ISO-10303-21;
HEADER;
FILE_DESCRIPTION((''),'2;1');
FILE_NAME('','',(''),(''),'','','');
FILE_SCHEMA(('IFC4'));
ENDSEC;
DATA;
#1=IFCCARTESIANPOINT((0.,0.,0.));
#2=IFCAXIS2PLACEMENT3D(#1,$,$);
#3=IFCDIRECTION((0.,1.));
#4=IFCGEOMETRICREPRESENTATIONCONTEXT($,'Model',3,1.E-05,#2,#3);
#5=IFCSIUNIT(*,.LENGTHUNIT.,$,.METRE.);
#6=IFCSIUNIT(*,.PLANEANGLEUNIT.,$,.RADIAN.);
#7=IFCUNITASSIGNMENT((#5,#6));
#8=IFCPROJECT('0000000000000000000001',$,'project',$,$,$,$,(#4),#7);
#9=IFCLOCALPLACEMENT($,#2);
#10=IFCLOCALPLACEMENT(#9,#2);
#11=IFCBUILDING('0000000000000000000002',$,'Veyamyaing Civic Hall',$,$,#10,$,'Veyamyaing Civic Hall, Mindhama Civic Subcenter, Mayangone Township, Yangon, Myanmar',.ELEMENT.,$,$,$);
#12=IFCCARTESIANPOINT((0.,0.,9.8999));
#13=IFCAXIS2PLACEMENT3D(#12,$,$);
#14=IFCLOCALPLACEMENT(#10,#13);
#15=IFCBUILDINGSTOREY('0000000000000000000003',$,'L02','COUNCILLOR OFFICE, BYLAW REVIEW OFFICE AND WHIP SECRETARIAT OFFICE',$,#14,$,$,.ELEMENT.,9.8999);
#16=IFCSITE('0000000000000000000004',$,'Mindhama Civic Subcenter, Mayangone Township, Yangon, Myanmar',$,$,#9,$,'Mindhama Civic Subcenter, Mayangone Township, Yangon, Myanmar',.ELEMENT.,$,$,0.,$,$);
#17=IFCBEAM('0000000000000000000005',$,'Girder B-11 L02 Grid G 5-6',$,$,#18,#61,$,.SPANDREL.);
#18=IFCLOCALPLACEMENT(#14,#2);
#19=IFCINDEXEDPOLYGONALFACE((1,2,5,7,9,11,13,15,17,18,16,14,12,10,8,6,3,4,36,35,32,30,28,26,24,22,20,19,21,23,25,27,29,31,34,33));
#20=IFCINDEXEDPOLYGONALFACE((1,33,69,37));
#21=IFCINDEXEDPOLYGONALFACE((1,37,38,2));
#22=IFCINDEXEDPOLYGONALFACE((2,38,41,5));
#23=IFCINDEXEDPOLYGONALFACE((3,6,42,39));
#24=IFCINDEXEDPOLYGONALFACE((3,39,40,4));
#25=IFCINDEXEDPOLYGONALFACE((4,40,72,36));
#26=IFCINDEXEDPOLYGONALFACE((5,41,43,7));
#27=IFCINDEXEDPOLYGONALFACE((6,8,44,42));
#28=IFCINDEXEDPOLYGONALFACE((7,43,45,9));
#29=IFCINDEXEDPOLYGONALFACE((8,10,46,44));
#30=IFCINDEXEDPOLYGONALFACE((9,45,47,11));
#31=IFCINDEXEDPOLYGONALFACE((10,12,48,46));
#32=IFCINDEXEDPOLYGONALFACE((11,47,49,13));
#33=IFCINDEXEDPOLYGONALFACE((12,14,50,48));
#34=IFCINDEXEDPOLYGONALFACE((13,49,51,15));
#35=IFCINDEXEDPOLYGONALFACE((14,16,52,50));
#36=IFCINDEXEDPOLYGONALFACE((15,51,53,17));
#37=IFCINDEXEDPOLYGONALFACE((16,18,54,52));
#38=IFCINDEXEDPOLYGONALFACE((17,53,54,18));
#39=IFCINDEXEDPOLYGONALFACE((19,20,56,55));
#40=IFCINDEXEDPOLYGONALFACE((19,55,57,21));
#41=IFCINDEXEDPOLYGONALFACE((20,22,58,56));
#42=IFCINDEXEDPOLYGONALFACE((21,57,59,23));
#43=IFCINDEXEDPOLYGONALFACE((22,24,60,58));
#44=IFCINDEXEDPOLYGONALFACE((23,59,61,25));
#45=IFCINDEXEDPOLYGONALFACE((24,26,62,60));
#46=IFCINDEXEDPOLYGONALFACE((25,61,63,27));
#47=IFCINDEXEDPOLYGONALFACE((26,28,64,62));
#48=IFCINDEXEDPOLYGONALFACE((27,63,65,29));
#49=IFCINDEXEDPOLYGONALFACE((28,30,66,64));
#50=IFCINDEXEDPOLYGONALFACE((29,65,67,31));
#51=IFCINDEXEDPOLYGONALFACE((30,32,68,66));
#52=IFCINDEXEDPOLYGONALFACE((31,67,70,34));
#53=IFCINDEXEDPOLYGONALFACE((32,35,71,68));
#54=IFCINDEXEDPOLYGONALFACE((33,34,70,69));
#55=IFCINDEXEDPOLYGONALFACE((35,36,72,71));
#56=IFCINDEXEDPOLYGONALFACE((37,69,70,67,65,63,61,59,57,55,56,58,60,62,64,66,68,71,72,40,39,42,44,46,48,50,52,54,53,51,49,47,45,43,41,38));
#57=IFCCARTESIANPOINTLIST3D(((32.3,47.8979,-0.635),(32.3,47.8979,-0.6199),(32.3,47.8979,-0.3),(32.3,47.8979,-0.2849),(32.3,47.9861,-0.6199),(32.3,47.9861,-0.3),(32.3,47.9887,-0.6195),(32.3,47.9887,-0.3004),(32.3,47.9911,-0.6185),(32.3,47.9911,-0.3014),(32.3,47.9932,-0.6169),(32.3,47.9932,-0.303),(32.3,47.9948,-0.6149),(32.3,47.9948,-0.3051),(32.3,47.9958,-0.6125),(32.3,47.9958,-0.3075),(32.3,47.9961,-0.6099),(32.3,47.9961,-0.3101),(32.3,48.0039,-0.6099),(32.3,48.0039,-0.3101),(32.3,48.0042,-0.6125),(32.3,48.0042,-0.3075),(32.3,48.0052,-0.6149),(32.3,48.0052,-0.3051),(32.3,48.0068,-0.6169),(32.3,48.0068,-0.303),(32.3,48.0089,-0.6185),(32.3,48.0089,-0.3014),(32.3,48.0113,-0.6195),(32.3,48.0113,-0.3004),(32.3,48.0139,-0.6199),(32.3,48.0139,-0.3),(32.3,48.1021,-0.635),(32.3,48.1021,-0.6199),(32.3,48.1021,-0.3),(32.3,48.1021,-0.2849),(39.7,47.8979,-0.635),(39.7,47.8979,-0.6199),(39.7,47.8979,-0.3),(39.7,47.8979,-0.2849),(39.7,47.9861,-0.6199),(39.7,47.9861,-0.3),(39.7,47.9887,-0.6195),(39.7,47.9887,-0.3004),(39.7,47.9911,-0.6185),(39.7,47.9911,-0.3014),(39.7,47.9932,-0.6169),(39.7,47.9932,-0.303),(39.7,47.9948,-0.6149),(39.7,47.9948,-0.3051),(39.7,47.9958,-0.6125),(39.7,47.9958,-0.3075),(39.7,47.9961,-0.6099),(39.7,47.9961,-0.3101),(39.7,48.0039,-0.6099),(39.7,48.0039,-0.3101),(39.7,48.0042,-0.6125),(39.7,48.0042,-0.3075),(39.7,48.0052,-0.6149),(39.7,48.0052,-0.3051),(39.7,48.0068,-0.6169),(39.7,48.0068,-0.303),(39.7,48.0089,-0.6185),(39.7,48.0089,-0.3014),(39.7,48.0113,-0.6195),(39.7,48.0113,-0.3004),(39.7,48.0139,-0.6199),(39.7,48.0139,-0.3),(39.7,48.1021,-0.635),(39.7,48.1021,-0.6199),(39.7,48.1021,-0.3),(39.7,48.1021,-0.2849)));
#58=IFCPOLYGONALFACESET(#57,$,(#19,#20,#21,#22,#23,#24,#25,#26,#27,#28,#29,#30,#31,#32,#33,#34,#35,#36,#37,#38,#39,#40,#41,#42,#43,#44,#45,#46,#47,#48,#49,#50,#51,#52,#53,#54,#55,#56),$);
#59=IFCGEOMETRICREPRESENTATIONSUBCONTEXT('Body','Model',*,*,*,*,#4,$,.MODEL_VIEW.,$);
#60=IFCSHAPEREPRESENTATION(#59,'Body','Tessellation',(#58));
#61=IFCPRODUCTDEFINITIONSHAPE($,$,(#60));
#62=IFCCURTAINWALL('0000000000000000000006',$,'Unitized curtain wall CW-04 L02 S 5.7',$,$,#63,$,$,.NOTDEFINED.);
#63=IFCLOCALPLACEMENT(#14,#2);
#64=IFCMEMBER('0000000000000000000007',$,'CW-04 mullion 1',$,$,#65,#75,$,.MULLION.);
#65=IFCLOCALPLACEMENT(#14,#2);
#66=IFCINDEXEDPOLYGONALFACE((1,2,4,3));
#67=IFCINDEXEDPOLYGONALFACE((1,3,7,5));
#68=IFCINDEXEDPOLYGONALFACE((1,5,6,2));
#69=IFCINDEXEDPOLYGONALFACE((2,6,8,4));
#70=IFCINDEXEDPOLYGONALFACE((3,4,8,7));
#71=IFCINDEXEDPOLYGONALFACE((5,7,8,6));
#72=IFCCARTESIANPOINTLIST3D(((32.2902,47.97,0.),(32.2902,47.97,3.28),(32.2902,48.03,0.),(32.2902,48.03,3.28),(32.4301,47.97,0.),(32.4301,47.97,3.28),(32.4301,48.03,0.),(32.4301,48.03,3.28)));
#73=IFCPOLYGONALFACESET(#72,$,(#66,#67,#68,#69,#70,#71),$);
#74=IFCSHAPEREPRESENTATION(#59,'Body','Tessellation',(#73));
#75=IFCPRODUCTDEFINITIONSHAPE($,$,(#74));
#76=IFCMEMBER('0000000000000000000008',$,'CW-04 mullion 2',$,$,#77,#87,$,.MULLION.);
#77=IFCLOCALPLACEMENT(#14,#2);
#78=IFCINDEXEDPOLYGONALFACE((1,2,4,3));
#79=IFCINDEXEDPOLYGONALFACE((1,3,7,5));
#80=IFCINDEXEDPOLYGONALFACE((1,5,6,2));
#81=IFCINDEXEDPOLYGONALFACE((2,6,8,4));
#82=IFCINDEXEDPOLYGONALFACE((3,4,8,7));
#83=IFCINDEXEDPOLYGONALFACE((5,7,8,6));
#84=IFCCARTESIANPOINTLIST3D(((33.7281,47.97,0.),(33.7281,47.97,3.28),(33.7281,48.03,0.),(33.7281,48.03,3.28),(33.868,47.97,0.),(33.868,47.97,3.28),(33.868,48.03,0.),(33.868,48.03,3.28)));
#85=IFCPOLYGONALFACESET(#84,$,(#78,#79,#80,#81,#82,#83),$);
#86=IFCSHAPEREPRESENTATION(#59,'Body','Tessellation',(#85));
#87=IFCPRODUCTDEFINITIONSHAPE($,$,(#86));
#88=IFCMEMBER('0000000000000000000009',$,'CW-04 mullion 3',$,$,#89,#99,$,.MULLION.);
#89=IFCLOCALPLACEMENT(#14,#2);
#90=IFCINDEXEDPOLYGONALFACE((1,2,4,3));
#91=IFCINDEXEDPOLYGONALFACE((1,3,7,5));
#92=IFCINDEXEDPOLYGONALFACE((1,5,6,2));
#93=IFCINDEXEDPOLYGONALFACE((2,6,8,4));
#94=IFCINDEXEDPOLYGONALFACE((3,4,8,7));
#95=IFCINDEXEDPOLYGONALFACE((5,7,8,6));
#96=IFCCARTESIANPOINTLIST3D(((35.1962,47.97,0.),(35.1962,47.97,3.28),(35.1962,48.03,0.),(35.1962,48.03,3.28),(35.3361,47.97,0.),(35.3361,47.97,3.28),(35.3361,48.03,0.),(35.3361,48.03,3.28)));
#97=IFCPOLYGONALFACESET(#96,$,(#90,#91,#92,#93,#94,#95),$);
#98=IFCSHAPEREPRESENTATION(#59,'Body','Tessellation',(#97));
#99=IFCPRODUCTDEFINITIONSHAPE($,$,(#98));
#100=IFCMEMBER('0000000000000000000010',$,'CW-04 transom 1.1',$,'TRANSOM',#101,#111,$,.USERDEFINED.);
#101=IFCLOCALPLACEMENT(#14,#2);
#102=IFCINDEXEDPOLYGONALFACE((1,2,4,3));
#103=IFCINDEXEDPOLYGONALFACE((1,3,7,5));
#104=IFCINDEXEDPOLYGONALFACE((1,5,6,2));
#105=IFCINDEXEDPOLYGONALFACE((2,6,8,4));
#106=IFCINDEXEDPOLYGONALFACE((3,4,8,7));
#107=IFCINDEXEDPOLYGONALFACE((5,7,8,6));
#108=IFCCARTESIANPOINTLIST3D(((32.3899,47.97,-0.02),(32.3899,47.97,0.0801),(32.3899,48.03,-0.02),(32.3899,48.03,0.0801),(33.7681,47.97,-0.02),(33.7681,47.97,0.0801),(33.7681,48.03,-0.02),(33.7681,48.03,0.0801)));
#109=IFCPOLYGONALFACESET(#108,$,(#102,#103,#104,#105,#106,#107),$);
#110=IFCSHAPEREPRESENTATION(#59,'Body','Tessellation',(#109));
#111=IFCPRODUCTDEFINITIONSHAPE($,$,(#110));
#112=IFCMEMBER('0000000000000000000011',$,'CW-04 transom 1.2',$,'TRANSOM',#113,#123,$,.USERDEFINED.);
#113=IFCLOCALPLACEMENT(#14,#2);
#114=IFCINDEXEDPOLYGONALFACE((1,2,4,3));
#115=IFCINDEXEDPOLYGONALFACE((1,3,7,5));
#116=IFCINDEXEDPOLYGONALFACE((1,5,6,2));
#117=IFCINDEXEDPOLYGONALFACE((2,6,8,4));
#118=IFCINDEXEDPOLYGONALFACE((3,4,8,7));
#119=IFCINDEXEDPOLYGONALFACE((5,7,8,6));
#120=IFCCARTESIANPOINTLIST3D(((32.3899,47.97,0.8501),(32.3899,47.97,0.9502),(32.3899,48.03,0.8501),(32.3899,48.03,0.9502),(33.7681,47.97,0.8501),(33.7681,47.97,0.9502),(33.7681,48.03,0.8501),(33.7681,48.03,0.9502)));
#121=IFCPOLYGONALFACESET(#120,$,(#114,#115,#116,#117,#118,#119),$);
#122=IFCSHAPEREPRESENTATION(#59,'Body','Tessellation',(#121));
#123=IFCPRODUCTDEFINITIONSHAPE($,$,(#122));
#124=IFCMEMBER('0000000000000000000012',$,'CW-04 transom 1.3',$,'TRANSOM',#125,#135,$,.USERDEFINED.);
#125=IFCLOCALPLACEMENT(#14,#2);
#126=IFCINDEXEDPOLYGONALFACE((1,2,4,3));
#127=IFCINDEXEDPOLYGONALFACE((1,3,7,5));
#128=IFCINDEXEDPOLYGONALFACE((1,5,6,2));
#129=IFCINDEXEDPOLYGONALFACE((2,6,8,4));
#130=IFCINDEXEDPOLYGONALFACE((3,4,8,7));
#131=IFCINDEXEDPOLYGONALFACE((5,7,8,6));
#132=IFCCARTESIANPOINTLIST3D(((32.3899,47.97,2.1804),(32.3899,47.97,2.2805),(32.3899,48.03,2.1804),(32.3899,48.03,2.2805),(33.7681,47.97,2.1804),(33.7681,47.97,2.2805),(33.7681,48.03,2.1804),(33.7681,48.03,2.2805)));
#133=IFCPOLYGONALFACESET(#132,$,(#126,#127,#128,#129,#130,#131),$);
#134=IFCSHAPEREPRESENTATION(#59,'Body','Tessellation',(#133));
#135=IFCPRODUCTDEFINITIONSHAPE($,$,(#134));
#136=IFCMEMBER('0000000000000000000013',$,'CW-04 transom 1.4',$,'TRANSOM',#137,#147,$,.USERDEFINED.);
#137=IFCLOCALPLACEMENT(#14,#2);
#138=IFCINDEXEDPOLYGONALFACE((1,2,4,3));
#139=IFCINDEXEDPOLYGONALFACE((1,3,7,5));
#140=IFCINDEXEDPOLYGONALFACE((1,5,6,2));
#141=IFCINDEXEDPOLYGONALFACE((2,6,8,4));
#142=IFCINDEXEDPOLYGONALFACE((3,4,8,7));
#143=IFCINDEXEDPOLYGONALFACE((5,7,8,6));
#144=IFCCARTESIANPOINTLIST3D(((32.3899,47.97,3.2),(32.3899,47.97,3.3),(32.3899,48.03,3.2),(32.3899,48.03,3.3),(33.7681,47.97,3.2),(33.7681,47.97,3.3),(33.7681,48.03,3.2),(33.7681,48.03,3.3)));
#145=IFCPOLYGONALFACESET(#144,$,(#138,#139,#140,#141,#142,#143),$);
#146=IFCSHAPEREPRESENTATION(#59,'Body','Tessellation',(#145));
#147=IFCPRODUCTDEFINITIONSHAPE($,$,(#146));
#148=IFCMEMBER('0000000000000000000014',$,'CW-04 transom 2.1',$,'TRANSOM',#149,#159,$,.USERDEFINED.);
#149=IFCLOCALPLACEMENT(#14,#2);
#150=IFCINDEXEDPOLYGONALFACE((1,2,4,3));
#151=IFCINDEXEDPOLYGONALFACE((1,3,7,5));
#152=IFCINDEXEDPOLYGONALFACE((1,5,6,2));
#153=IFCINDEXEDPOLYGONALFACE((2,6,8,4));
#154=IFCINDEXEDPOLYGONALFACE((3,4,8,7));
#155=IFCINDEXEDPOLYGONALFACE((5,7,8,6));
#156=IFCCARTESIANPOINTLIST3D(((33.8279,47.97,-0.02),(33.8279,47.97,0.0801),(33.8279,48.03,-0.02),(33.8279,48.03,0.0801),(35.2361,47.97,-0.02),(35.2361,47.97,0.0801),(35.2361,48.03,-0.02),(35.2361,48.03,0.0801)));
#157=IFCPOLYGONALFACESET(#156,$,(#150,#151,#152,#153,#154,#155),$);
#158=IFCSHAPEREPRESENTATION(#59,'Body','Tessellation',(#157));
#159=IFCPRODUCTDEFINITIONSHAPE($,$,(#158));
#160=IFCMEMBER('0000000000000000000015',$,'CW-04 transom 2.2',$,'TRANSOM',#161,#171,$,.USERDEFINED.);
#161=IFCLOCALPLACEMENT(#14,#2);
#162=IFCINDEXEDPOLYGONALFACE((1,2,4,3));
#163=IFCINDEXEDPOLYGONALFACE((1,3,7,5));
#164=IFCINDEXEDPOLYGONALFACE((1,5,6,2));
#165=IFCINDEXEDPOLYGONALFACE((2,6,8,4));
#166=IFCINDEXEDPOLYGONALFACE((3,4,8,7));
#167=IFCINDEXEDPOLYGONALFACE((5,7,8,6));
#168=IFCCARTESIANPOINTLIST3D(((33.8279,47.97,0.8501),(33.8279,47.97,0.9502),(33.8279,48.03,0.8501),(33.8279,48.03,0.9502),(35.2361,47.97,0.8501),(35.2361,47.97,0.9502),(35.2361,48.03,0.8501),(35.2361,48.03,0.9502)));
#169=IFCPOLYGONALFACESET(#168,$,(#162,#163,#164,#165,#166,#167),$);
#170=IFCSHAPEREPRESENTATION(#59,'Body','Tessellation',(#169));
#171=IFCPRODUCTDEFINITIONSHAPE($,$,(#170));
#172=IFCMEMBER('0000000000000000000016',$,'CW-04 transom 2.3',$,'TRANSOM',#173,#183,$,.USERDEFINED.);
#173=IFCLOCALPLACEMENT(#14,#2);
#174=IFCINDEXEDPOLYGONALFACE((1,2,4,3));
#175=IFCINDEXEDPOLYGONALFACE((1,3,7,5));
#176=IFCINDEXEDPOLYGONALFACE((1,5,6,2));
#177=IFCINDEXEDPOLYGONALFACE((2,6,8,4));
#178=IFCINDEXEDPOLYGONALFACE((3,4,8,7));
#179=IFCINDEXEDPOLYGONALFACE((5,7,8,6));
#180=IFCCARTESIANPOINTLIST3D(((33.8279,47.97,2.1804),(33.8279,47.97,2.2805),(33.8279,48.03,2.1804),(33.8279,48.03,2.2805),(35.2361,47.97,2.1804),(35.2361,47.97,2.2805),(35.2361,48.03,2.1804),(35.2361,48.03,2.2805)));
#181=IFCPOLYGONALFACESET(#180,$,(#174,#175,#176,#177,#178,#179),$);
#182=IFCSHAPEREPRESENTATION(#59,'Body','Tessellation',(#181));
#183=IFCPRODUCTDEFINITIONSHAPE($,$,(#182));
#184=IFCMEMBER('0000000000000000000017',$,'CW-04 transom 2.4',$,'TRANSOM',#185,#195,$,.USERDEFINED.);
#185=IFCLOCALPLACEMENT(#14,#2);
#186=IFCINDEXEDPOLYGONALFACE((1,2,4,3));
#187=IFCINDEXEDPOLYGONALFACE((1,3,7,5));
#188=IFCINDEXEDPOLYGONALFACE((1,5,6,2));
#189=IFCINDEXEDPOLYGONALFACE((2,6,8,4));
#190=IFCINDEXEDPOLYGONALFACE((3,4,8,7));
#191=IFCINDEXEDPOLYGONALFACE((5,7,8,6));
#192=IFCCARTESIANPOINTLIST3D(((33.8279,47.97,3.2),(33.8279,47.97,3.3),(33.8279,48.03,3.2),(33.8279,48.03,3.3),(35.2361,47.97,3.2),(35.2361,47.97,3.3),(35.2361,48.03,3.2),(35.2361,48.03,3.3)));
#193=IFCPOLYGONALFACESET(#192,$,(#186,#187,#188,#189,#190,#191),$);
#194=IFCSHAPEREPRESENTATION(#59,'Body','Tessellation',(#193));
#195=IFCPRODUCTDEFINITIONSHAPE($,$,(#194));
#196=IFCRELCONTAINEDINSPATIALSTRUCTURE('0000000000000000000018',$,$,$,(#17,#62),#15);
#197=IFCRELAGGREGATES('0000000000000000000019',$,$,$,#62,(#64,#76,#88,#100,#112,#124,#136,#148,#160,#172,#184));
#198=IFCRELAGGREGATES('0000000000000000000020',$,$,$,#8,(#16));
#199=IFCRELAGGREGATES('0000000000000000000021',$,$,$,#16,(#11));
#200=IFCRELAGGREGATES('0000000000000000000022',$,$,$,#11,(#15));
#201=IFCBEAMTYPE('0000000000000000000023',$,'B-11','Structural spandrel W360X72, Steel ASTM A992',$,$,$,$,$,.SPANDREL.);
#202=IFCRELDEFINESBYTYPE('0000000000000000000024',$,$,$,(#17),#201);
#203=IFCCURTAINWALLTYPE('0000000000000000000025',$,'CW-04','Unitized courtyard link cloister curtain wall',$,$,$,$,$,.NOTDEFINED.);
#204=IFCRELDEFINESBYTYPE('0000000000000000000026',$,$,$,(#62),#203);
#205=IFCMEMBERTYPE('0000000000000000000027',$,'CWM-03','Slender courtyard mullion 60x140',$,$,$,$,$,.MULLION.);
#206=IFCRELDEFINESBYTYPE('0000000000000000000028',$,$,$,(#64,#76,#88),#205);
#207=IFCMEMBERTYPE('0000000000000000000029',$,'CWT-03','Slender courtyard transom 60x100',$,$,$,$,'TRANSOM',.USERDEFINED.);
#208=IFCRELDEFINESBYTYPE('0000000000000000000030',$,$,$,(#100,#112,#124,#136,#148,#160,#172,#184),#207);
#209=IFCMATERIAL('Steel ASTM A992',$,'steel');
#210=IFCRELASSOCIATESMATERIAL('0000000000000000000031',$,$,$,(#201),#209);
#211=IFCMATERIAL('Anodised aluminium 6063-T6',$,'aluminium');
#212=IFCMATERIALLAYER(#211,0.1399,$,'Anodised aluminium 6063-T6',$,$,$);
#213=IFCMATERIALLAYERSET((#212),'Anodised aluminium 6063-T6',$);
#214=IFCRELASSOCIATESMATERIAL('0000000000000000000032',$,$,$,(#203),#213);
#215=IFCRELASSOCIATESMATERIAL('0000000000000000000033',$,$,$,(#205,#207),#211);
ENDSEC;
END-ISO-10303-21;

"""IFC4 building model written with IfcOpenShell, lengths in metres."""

from ifc_helpers import new_model, si_unit, direction, frame, origin, origin_2d, place, context, subcontext, project, spatial, rectangle, i_section, extrude, material, layer, layer_set, material_profile, profile_set, type_object, element, aggregate, save


model = new_model("IFC4")

# Units and contexts
model_context = context("Model", 3, precision=1e-05, world=origin(), true_north=direction((0.0, 1.0)))
body_context = subcontext(model_context, "Body", "Model", "MODEL_VIEW")
ifc_project = project(units=[si_unit("LENGTHUNIT", "METRE"), si_unit("PLANEANGLEUNIT", "RADIAN")], contexts=[model_context])

# Site, building, storey
site_placement = place(None, origin())
site = spatial("IfcSite", under=ifc_project, at=site_placement, Name="Mindhama Civic Subcenter, Mayangone Township, Yangon, Myanmar", LongName="Mindhama Civic Subcenter, Mayangone Township, Yangon, Myanmar", CompositionType="ELEMENT", RefElevation=0.0)
building_placement = place(site_placement, origin())
building = spatial("IfcBuilding", under=site, at=building_placement, Name="Veyamyaing Civic Hall", LongName="Veyamyaing Civic Hall, Mindhama Civic Subcenter, Mayangone Township, Yangon, Myanmar", CompositionType="ELEMENT")
storey_placement = place(building_placement, frame((0.0, 0.0, 9.8999)))
storey = spatial("IfcBuildingStorey", under=building, at=storey_placement, Name="L02", Description="COUNCILLOR OFFICE, BYLAW REVIEW OFFICE AND WHIP SECRETARIAT OFFICE", CompositionType="ELEMENT", Elevation=9.8999)

# Beam
ifc_material_1 = material(Name="Steel ASTM A992", Category="steel")
ifc_material_profile_1 = material_profile(ifc_material_1, i_section(OverallWidth=0.2041, OverallDepth=0.3501, WebThickness=0.0078, FlangeThickness=0.0151, FilletRadius=0.01, at=origin_2d()), Name="W360X72")
ifc_profile_set_1 = profile_set([ifc_material_profile_1], Name="Steel ASTM A992")
beam_type = type_object("IfcBeamType", Name="B-11", Description="Structural spandrel W360X72, Steel ASTM A992", PredefinedType="SPANDREL", material=ifc_profile_set_1)
beam_placement = place(storey_placement, frame((32.3, 48.0, -0.46), z_axis=(1.0, 0.0, 0.0), x_axis=(0.0, 1.0, 0.0)))
element("IfcBeam", 1, at=beam_placement, inside=storey, type_object=beam_type, Name="Girder B-11 L02 Grid G 5-6", PredefinedType="SPANDREL", context=body_context, shape_type="SweptSolid", body=[
    extrude(i_section(OverallWidth=0.2041, OverallDepth=0.3501, WebThickness=0.0078, FlangeThickness=0.0151, FilletRadius=0.01, at=origin_2d()), origin(), (0.0, 0.0, 1.0), 7.3999),
])

# Curtain wall, members
ifc_material_2 = material(Name="Anodised aluminium 6063-T6", Category="aluminium")
ifc_layer_1 = layer(ifc_material_2, 0.1399, Name="Anodised aluminium 6063-T6")
ifc_layer_set_1 = layer_set([ifc_layer_1], Name="Anodised aluminium 6063-T6")
curtain_wall_type = type_object("IfcCurtainWallType", Name="CW-04", Description="Unitized courtyard link cloister curtain wall", PredefinedType="NOTDEFINED", material=ifc_layer_set_1)
curtain_wall_placement = place(storey_placement, origin())
curtain_wall = element("IfcCurtainWall", 2, at=curtain_wall_placement, inside=storey, type_object=curtain_wall_type, Name="Unitized curtain wall CW-04 L02 S 5.7", PredefinedType="NOTDEFINED")
ifc_material_profile_2 = material_profile(ifc_material_2, rectangle(XDim=0.0601, YDim=0.1399, at=origin_2d()), Name="ALU-MUL-60X140")
ifc_profile_set_2 = profile_set([ifc_material_profile_2], Name="Anodised aluminium 6063-T6")
member_type_1 = type_object("IfcMemberType", Name="CWM-03", Description="Slender courtyard mullion 60x140", PredefinedType="MULLION", material=ifc_profile_set_2)
member_1_placement = place(storey_placement, frame((32.3601, 48.0, 0.0), z_axis=(0.0, 0.0, 1.0), x_axis=(0.0, 1.0, 0.0)))
member_1 = element("IfcMember", 3, at=member_1_placement, type_object=member_type_1, Name="CW-04 mullion 1", PredefinedType="MULLION", context=body_context, shape_type="SweptSolid", body=[
    extrude(rectangle(XDim=0.0601, YDim=0.1399, at=origin_2d()), origin(), (0.0, 0.0, 1.0), 3.28),
])
member_2_placement = place(storey_placement, frame((33.7981, 48.0, 0.0), z_axis=(0.0, 0.0, 1.0), x_axis=(0.0, 1.0, 0.0)))
member_2 = element("IfcMember", 4, at=member_2_placement, type_object=member_type_1, Name="CW-04 mullion 2", PredefinedType="MULLION", context=body_context, shape_type="SweptSolid", body=[
    extrude(rectangle(XDim=0.0601, YDim=0.1399, at=origin_2d()), origin(), (0.0, 0.0, 1.0), 3.28),
])
member_3_placement = place(storey_placement, frame((35.2661, 48.0, 0.0), z_axis=(0.0, 0.0, 1.0), x_axis=(0.0, 1.0, 0.0)))
member_3 = element("IfcMember", 5, at=member_3_placement, type_object=member_type_1, Name="CW-04 mullion 3", PredefinedType="MULLION", context=body_context, shape_type="SweptSolid", body=[
    extrude(rectangle(XDim=0.0601, YDim=0.1399, at=origin_2d()), origin(), (0.0, 0.0, 1.0), 3.28),
])
ifc_material_profile_3 = material_profile(ifc_material_2, rectangle(XDim=0.0601, YDim=0.1001, at=origin_2d()), Name="ALU-TRN-60X100")
ifc_profile_set_3 = profile_set([ifc_material_profile_3], Name="Anodised aluminium 6063-T6")
member_type_2 = type_object("IfcMemberType", Name="CWT-03", Description="Slender courtyard transom 60x100", ElementType="TRANSOM", PredefinedType="USERDEFINED", material=ifc_profile_set_3)
member_4_placement = place(storey_placement, frame((32.3899, 48.0, 0.03), z_axis=(1.0, 0.0, 0.0), x_axis=(0.0, 1.0, 0.0)))
member_4 = element("IfcMember", 6, at=member_4_placement, type_object=member_type_2, Name="CW-04 transom 1.1", ObjectType="TRANSOM", PredefinedType="USERDEFINED", context=body_context, shape_type="SweptSolid", body=[
    extrude(rectangle(XDim=0.0601, YDim=0.1001, at=origin_2d()), origin(), (0.0, 0.0, 1.0), 1.3782),
])
member_5_placement = place(storey_placement, frame((32.3899, 48.0, 0.9001), z_axis=(1.0, 0.0, 0.0), x_axis=(0.0, 1.0, 0.0)))
member_5 = element("IfcMember", 7, at=member_5_placement, type_object=member_type_2, Name="CW-04 transom 1.2", ObjectType="TRANSOM", PredefinedType="USERDEFINED", context=body_context, shape_type="SweptSolid", body=[
    extrude(rectangle(XDim=0.0601, YDim=0.1001, at=origin_2d()), origin(), (0.0, 0.0, 1.0), 1.3782),
])
member_6_placement = place(storey_placement, frame((32.3899, 48.0, 2.2305), z_axis=(1.0, 0.0, 0.0), x_axis=(0.0, 1.0, 0.0)))
member_6 = element("IfcMember", 8, at=member_6_placement, type_object=member_type_2, Name="CW-04 transom 1.3", ObjectType="TRANSOM", PredefinedType="USERDEFINED", context=body_context, shape_type="SweptSolid", body=[
    extrude(rectangle(XDim=0.0601, YDim=0.1001, at=origin_2d()), origin(), (0.0, 0.0, 1.0), 1.3782),
])
member_7_placement = place(storey_placement, frame((32.3899, 48.0, 3.25), z_axis=(1.0, 0.0, 0.0), x_axis=(0.0, 1.0, 0.0)))
member_7 = element("IfcMember", 9, at=member_7_placement, type_object=member_type_2, Name="CW-04 transom 1.4", ObjectType="TRANSOM", PredefinedType="USERDEFINED", context=body_context, shape_type="SweptSolid", body=[
    extrude(rectangle(XDim=0.0601, YDim=0.1001, at=origin_2d()), origin(), (0.0, 0.0, 1.0), 1.3782),
])
member_8_placement = place(storey_placement, frame((33.8279, 48.0, 0.03), z_axis=(1.0, 0.0, 0.0), x_axis=(0.0, 1.0, 0.0)))
member_8 = element("IfcMember", 10, at=member_8_placement, type_object=member_type_2, Name="CW-04 transom 2.1", ObjectType="TRANSOM", PredefinedType="USERDEFINED", context=body_context, shape_type="SweptSolid", body=[
    extrude(rectangle(XDim=0.0601, YDim=0.1001, at=origin_2d()), origin(), (0.0, 0.0, 1.0), 1.4082),
])
member_9_placement = place(storey_placement, frame((33.8279, 48.0, 0.9001), z_axis=(1.0, 0.0, 0.0), x_axis=(0.0, 1.0, 0.0)))
member_9 = element("IfcMember", 11, at=member_9_placement, type_object=member_type_2, Name="CW-04 transom 2.2", ObjectType="TRANSOM", PredefinedType="USERDEFINED", context=body_context, shape_type="SweptSolid", body=[
    extrude(rectangle(XDim=0.0601, YDim=0.1001, at=origin_2d()), origin(), (0.0, 0.0, 1.0), 1.4082),
])
member_10_placement = place(storey_placement, frame((33.8279, 48.0, 2.2305), z_axis=(1.0, 0.0, 0.0), x_axis=(0.0, 1.0, 0.0)))
member_10 = element("IfcMember", 12, at=member_10_placement, type_object=member_type_2, Name="CW-04 transom 2.3", ObjectType="TRANSOM", PredefinedType="USERDEFINED", context=body_context, shape_type="SweptSolid", body=[
    extrude(rectangle(XDim=0.0601, YDim=0.1001, at=origin_2d()), origin(), (0.0, 0.0, 1.0), 1.4082),
])
member_11_placement = place(storey_placement, frame((33.8279, 48.0, 3.25), z_axis=(1.0, 0.0, 0.0), x_axis=(0.0, 1.0, 0.0)))
member_11 = element("IfcMember", 13, at=member_11_placement, type_object=member_type_2, Name="CW-04 transom 2.4", ObjectType="TRANSOM", PredefinedType="USERDEFINED", context=body_context, shape_type="SweptSolid", body=[
    extrude(rectangle(XDim=0.0601, YDim=0.1001, at=origin_2d()), origin(), (0.0, 0.0, 1.0), 1.4082),
])
aggregate(curtain_wall, [member_1, member_2, member_3, member_4, member_5, member_6, member_7, member_8, member_9, member_10, member_11])

save(model, "model.ifc")
